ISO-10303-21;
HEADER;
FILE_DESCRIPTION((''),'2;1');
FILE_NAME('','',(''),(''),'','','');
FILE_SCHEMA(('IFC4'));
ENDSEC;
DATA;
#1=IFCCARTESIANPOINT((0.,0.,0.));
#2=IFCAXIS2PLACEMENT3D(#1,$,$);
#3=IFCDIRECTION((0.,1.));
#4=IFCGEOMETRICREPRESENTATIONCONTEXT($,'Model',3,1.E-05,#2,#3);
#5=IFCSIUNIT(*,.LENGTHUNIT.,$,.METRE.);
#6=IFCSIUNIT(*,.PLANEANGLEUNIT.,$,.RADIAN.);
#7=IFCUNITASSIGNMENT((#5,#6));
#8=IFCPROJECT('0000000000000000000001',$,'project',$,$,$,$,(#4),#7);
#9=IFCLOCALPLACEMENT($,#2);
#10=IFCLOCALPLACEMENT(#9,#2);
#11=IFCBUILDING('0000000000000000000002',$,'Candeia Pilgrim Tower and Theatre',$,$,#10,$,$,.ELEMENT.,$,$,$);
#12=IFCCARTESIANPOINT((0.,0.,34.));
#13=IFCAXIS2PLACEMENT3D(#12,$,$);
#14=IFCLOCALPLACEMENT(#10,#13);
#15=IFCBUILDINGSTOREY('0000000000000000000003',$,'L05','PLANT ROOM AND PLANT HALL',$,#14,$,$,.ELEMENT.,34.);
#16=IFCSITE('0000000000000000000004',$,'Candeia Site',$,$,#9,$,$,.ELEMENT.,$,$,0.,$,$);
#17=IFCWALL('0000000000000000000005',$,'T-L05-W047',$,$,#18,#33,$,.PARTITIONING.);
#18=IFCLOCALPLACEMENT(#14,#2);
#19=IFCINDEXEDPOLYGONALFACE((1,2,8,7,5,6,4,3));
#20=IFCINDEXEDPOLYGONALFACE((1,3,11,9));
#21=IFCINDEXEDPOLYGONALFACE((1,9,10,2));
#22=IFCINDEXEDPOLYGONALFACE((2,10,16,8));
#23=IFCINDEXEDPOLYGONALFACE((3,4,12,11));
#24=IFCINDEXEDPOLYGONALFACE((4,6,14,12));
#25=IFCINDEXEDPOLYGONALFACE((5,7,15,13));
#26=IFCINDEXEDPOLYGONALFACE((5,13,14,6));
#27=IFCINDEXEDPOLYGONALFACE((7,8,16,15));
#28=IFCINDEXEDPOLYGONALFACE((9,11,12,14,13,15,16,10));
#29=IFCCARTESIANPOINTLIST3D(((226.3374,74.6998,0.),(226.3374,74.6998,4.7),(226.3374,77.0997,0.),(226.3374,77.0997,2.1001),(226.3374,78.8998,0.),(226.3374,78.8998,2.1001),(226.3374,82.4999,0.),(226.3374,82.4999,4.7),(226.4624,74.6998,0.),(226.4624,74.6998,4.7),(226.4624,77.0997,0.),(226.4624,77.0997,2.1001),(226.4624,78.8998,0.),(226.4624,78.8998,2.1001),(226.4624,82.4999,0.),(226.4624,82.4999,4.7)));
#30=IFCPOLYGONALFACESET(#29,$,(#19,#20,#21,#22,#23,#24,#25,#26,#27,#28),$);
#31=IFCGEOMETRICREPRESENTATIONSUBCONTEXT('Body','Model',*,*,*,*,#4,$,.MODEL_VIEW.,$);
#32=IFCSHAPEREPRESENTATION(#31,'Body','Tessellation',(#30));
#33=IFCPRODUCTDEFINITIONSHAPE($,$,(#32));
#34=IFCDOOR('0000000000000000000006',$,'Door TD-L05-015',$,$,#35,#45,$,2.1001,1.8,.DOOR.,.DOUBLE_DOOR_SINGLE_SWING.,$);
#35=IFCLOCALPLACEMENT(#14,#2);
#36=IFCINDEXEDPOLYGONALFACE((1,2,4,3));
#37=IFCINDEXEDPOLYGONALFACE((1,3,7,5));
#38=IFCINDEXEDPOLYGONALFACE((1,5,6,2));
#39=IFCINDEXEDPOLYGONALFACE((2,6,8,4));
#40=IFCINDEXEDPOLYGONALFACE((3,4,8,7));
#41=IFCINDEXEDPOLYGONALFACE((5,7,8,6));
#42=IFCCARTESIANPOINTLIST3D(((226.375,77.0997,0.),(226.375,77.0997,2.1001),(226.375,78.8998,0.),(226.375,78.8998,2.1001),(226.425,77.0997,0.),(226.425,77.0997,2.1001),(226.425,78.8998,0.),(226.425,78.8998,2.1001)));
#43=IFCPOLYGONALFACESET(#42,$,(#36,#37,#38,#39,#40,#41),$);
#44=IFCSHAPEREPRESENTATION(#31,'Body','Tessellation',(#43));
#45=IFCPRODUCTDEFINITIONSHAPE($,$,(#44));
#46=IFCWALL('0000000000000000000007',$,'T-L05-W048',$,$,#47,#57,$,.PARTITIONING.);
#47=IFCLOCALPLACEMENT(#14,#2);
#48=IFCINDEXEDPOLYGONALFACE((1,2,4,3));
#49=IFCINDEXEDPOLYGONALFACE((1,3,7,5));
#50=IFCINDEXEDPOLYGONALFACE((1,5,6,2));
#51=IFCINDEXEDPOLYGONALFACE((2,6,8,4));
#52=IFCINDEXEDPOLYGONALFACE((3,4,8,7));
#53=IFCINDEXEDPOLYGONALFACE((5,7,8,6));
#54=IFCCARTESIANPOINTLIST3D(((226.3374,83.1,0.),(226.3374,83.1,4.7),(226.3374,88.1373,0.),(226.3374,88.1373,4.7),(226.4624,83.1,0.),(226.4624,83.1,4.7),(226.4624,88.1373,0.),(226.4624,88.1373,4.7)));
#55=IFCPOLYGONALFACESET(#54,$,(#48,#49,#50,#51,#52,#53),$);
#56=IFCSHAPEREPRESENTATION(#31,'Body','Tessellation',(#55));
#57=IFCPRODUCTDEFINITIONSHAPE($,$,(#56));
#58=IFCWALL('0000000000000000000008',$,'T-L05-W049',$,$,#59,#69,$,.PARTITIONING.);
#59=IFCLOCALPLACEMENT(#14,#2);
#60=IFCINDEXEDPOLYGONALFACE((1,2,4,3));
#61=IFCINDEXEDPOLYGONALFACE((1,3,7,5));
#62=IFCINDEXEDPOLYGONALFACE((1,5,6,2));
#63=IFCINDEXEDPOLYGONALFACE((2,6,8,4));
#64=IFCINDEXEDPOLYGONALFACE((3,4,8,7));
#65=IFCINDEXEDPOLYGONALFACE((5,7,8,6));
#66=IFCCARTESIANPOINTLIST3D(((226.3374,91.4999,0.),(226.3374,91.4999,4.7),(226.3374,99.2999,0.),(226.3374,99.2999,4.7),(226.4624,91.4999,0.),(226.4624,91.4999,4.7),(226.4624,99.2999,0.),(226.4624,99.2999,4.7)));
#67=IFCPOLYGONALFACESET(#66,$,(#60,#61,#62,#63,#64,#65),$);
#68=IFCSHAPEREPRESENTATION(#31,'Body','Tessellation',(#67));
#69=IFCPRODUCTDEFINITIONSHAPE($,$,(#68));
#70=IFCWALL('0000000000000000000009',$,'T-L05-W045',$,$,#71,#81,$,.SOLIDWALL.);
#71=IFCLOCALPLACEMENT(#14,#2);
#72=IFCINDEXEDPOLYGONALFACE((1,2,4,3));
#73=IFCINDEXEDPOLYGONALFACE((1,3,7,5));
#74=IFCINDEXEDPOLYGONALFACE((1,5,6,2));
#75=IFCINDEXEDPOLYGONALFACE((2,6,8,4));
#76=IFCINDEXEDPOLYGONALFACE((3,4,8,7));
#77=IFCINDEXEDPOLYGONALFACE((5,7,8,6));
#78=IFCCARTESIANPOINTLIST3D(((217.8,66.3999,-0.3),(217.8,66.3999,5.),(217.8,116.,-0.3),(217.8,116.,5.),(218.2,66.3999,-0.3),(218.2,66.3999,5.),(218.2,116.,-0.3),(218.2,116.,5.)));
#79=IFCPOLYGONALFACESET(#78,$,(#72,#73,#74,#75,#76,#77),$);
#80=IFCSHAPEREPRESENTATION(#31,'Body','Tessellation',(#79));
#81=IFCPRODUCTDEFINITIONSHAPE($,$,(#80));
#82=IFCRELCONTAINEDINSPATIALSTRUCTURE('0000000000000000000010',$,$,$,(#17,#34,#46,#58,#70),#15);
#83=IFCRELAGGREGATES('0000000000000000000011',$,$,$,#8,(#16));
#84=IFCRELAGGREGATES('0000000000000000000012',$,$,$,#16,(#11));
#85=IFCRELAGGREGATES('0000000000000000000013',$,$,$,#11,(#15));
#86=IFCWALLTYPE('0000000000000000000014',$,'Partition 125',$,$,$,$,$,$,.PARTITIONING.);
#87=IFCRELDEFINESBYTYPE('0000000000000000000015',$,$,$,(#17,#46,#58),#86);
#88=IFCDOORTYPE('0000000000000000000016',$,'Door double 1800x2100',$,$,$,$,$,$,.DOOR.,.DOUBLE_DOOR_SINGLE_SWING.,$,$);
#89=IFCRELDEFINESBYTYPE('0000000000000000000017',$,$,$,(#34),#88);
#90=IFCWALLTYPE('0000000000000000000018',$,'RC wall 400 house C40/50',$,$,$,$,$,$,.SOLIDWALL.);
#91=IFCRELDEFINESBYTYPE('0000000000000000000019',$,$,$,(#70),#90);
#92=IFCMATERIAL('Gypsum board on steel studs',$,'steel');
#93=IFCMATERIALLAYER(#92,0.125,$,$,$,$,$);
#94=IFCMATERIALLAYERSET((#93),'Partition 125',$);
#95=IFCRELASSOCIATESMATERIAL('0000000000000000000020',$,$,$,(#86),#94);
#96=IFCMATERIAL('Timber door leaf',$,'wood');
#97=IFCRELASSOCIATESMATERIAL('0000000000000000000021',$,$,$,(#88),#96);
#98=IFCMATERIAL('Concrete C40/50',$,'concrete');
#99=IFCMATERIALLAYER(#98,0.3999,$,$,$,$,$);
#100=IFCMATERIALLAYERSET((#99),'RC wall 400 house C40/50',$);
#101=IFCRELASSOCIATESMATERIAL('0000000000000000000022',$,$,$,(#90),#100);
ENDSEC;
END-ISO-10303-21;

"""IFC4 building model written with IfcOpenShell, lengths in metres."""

from ifc_helpers import new_model, si_unit, direction, frame, frame_2d, origin, place, context, subcontext, project, spatial, rectangle, extrude, material, layer, layer_set, type_object, element, fill, save


model = new_model("IFC4")

# Units and contexts
model_context = context("Model", 3, precision=1e-05, world=origin(), true_north=direction((0.0, 1.0)))
body_context = subcontext(model_context, "Body", "Model", "MODEL_VIEW")
ifc_project = project(units=[si_unit("LENGTHUNIT", "METRE"), si_unit("PLANEANGLEUNIT", "RADIAN")], contexts=[model_context])

# Site, building, storey
site_placement = place(None, origin())
site = spatial("IfcSite", under=ifc_project, at=site_placement, Name="Candeia Site", CompositionType="ELEMENT", RefElevation=0.0)
building_placement = place(site_placement, origin())
building = spatial("IfcBuilding", under=site, at=building_placement, Name="Candeia Pilgrim Tower and Theatre", CompositionType="ELEMENT")
storey_placement = place(building_placement, frame((0.0, 0.0, 34.0)))
storey = spatial("IfcBuildingStorey", under=building, at=storey_placement, Name="L05", Description="PLANT ROOM AND PLANT HALL", CompositionType="ELEMENT", Elevation=34.0)

# Shared definitions
ifc_material_1 = material(Name="Concrete C40/50", Category="concrete")

# Shared definitions
ifc_material_2 = material(Name="Gypsum board on steel studs", Category="steel")
ifc_layer_1 = layer(ifc_material_2, 0.125)
ifc_layer_set_1 = layer_set([ifc_layer_1], Name="Partition 125")
wall_type_1 = type_object("IfcWallType", Name="Partition 125", PredefinedType="PARTITIONING", material=ifc_layer_set_1)

# Shared definitions
ifc_material_3 = material(Name="Timber door leaf", Category="wood")

# Wall, opening, door
door_type_1 = type_object("IfcDoorType", Name="Door double 1800x2100", OperationType="DOUBLE_DOOR_SINGLE_SWING", PredefinedType="DOOR", material=ifc_material_3)
wall_1_placement = place(storey_placement, frame((226.3999, 74.7, 0.0), z_axis=(0.0, 0.0, 1.0), x_axis=(0.0, 1.0, 0.0)))
wall_1 = element("IfcWall", 1, at=wall_1_placement, inside=storey, type_object=wall_type_1, Name="T-L05-W047", PredefinedType="PARTITIONING", context=body_context, shape_type="SweptSolid", body=[
    extrude(rectangle(XDim=7.8, YDim=0.125, at=frame_2d((3.8999, 0.0))), origin(), (0.0, 0.0, 1.0), 4.7),
])
opening_1_placement = place(wall_1_placement, frame((2.3999, 0.0, 0.0)))
opening_1 = element("IfcOpeningElement", 2, at=opening_1_placement, cuts=wall_1, PredefinedType="OPENING", context=body_context, shape_type="SweptSolid", body=[
    extrude(rectangle(XDim=1.8, YDim=2.1001, at=frame_2d((0.8999, 1.05))), frame((0.0, 0.0725, 0.0), z_axis=(0.0, -1.0, 0.0), x_axis=(1.0, 0.0, 0.0)), (0.0, 0.0, 1.0), 0.145),
])
door_1_placement = place(opening_1_placement, origin())
door_1 = element("IfcDoor", 3, at=door_1_placement, inside=storey, type_object=door_type_1, Name="Door TD-L05-015", OperationType="DOUBLE_DOOR_SINGLE_SWING", OverallHeight=2.1001, OverallWidth=1.8, PredefinedType="DOOR", context=body_context, shape_type="SweptSolid", body=[
    extrude(rectangle(XDim=1.8, YDim=2.1001, at=frame_2d((0.8999, 1.05))), frame((0.0, 0.0249, 0.0), z_axis=(0.0, -1.0, 0.0), x_axis=(1.0, 0.0, 0.0)), (0.0, 0.0, 1.0), 0.05),
])
fill(opening_1, door_1)

# Walls
wall_2_placement = place(storey_placement, frame((226.3999, 83.1001, 0.0), z_axis=(0.0, 0.0, 1.0), x_axis=(0.0, 1.0, 0.0)))
element("IfcWall", 4, at=wall_2_placement, inside=storey, type_object=wall_type_1, Name="T-L05-W048", PredefinedType="PARTITIONING", context=body_context, shape_type="SweptSolid", body=[
    extrude(rectangle(XDim=5.0374, YDim=0.125, at=frame_2d((2.5186, 0.0))), origin(), (0.0, 0.0, 1.0), 4.7),
])
wall_3_placement = place(storey_placement, frame((226.3999, 91.5, 0.0), z_axis=(0.0, 0.0, 1.0), x_axis=(0.0, 1.0, 0.0)))
element("IfcWall", 5, at=wall_3_placement, inside=storey, type_object=wall_type_1, Name="T-L05-W049", PredefinedType="PARTITIONING", context=body_context, shape_type="SweptSolid", body=[
    extrude(rectangle(XDim=7.8, YDim=0.125, at=frame_2d((3.8999, 0.0))), origin(), (0.0, 0.0, 1.0), 4.7),
])
ifc_layer_2 = layer(ifc_material_1, 0.3999)
ifc_layer_set_2 = layer_set([ifc_layer_2], Name="RC wall 400 house C40/50")
wall_type_2 = type_object("IfcWallType", Name="RC wall 400 house C40/50", PredefinedType="SOLIDWALL", material=ifc_layer_set_2)
wall_4_placement = place(storey_placement, frame((218.0, 66.3999, -0.3), z_axis=(0.0, 0.0, 1.0), x_axis=(0.0, 1.0, 0.0)))
element("IfcWall", 6, at=wall_4_placement, inside=storey, type_object=wall_type_2, Name="T-L05-W045", PredefinedType="SOLIDWALL", context=body_context, shape_type="SweptSolid", body=[
    extrude(rectangle(XDim=49.6001, YDim=0.3999, at=frame_2d((24.8, 0.0))), origin(), (0.0, 0.0, 1.0), 5.3),
])

save(model, "model.ifc")
